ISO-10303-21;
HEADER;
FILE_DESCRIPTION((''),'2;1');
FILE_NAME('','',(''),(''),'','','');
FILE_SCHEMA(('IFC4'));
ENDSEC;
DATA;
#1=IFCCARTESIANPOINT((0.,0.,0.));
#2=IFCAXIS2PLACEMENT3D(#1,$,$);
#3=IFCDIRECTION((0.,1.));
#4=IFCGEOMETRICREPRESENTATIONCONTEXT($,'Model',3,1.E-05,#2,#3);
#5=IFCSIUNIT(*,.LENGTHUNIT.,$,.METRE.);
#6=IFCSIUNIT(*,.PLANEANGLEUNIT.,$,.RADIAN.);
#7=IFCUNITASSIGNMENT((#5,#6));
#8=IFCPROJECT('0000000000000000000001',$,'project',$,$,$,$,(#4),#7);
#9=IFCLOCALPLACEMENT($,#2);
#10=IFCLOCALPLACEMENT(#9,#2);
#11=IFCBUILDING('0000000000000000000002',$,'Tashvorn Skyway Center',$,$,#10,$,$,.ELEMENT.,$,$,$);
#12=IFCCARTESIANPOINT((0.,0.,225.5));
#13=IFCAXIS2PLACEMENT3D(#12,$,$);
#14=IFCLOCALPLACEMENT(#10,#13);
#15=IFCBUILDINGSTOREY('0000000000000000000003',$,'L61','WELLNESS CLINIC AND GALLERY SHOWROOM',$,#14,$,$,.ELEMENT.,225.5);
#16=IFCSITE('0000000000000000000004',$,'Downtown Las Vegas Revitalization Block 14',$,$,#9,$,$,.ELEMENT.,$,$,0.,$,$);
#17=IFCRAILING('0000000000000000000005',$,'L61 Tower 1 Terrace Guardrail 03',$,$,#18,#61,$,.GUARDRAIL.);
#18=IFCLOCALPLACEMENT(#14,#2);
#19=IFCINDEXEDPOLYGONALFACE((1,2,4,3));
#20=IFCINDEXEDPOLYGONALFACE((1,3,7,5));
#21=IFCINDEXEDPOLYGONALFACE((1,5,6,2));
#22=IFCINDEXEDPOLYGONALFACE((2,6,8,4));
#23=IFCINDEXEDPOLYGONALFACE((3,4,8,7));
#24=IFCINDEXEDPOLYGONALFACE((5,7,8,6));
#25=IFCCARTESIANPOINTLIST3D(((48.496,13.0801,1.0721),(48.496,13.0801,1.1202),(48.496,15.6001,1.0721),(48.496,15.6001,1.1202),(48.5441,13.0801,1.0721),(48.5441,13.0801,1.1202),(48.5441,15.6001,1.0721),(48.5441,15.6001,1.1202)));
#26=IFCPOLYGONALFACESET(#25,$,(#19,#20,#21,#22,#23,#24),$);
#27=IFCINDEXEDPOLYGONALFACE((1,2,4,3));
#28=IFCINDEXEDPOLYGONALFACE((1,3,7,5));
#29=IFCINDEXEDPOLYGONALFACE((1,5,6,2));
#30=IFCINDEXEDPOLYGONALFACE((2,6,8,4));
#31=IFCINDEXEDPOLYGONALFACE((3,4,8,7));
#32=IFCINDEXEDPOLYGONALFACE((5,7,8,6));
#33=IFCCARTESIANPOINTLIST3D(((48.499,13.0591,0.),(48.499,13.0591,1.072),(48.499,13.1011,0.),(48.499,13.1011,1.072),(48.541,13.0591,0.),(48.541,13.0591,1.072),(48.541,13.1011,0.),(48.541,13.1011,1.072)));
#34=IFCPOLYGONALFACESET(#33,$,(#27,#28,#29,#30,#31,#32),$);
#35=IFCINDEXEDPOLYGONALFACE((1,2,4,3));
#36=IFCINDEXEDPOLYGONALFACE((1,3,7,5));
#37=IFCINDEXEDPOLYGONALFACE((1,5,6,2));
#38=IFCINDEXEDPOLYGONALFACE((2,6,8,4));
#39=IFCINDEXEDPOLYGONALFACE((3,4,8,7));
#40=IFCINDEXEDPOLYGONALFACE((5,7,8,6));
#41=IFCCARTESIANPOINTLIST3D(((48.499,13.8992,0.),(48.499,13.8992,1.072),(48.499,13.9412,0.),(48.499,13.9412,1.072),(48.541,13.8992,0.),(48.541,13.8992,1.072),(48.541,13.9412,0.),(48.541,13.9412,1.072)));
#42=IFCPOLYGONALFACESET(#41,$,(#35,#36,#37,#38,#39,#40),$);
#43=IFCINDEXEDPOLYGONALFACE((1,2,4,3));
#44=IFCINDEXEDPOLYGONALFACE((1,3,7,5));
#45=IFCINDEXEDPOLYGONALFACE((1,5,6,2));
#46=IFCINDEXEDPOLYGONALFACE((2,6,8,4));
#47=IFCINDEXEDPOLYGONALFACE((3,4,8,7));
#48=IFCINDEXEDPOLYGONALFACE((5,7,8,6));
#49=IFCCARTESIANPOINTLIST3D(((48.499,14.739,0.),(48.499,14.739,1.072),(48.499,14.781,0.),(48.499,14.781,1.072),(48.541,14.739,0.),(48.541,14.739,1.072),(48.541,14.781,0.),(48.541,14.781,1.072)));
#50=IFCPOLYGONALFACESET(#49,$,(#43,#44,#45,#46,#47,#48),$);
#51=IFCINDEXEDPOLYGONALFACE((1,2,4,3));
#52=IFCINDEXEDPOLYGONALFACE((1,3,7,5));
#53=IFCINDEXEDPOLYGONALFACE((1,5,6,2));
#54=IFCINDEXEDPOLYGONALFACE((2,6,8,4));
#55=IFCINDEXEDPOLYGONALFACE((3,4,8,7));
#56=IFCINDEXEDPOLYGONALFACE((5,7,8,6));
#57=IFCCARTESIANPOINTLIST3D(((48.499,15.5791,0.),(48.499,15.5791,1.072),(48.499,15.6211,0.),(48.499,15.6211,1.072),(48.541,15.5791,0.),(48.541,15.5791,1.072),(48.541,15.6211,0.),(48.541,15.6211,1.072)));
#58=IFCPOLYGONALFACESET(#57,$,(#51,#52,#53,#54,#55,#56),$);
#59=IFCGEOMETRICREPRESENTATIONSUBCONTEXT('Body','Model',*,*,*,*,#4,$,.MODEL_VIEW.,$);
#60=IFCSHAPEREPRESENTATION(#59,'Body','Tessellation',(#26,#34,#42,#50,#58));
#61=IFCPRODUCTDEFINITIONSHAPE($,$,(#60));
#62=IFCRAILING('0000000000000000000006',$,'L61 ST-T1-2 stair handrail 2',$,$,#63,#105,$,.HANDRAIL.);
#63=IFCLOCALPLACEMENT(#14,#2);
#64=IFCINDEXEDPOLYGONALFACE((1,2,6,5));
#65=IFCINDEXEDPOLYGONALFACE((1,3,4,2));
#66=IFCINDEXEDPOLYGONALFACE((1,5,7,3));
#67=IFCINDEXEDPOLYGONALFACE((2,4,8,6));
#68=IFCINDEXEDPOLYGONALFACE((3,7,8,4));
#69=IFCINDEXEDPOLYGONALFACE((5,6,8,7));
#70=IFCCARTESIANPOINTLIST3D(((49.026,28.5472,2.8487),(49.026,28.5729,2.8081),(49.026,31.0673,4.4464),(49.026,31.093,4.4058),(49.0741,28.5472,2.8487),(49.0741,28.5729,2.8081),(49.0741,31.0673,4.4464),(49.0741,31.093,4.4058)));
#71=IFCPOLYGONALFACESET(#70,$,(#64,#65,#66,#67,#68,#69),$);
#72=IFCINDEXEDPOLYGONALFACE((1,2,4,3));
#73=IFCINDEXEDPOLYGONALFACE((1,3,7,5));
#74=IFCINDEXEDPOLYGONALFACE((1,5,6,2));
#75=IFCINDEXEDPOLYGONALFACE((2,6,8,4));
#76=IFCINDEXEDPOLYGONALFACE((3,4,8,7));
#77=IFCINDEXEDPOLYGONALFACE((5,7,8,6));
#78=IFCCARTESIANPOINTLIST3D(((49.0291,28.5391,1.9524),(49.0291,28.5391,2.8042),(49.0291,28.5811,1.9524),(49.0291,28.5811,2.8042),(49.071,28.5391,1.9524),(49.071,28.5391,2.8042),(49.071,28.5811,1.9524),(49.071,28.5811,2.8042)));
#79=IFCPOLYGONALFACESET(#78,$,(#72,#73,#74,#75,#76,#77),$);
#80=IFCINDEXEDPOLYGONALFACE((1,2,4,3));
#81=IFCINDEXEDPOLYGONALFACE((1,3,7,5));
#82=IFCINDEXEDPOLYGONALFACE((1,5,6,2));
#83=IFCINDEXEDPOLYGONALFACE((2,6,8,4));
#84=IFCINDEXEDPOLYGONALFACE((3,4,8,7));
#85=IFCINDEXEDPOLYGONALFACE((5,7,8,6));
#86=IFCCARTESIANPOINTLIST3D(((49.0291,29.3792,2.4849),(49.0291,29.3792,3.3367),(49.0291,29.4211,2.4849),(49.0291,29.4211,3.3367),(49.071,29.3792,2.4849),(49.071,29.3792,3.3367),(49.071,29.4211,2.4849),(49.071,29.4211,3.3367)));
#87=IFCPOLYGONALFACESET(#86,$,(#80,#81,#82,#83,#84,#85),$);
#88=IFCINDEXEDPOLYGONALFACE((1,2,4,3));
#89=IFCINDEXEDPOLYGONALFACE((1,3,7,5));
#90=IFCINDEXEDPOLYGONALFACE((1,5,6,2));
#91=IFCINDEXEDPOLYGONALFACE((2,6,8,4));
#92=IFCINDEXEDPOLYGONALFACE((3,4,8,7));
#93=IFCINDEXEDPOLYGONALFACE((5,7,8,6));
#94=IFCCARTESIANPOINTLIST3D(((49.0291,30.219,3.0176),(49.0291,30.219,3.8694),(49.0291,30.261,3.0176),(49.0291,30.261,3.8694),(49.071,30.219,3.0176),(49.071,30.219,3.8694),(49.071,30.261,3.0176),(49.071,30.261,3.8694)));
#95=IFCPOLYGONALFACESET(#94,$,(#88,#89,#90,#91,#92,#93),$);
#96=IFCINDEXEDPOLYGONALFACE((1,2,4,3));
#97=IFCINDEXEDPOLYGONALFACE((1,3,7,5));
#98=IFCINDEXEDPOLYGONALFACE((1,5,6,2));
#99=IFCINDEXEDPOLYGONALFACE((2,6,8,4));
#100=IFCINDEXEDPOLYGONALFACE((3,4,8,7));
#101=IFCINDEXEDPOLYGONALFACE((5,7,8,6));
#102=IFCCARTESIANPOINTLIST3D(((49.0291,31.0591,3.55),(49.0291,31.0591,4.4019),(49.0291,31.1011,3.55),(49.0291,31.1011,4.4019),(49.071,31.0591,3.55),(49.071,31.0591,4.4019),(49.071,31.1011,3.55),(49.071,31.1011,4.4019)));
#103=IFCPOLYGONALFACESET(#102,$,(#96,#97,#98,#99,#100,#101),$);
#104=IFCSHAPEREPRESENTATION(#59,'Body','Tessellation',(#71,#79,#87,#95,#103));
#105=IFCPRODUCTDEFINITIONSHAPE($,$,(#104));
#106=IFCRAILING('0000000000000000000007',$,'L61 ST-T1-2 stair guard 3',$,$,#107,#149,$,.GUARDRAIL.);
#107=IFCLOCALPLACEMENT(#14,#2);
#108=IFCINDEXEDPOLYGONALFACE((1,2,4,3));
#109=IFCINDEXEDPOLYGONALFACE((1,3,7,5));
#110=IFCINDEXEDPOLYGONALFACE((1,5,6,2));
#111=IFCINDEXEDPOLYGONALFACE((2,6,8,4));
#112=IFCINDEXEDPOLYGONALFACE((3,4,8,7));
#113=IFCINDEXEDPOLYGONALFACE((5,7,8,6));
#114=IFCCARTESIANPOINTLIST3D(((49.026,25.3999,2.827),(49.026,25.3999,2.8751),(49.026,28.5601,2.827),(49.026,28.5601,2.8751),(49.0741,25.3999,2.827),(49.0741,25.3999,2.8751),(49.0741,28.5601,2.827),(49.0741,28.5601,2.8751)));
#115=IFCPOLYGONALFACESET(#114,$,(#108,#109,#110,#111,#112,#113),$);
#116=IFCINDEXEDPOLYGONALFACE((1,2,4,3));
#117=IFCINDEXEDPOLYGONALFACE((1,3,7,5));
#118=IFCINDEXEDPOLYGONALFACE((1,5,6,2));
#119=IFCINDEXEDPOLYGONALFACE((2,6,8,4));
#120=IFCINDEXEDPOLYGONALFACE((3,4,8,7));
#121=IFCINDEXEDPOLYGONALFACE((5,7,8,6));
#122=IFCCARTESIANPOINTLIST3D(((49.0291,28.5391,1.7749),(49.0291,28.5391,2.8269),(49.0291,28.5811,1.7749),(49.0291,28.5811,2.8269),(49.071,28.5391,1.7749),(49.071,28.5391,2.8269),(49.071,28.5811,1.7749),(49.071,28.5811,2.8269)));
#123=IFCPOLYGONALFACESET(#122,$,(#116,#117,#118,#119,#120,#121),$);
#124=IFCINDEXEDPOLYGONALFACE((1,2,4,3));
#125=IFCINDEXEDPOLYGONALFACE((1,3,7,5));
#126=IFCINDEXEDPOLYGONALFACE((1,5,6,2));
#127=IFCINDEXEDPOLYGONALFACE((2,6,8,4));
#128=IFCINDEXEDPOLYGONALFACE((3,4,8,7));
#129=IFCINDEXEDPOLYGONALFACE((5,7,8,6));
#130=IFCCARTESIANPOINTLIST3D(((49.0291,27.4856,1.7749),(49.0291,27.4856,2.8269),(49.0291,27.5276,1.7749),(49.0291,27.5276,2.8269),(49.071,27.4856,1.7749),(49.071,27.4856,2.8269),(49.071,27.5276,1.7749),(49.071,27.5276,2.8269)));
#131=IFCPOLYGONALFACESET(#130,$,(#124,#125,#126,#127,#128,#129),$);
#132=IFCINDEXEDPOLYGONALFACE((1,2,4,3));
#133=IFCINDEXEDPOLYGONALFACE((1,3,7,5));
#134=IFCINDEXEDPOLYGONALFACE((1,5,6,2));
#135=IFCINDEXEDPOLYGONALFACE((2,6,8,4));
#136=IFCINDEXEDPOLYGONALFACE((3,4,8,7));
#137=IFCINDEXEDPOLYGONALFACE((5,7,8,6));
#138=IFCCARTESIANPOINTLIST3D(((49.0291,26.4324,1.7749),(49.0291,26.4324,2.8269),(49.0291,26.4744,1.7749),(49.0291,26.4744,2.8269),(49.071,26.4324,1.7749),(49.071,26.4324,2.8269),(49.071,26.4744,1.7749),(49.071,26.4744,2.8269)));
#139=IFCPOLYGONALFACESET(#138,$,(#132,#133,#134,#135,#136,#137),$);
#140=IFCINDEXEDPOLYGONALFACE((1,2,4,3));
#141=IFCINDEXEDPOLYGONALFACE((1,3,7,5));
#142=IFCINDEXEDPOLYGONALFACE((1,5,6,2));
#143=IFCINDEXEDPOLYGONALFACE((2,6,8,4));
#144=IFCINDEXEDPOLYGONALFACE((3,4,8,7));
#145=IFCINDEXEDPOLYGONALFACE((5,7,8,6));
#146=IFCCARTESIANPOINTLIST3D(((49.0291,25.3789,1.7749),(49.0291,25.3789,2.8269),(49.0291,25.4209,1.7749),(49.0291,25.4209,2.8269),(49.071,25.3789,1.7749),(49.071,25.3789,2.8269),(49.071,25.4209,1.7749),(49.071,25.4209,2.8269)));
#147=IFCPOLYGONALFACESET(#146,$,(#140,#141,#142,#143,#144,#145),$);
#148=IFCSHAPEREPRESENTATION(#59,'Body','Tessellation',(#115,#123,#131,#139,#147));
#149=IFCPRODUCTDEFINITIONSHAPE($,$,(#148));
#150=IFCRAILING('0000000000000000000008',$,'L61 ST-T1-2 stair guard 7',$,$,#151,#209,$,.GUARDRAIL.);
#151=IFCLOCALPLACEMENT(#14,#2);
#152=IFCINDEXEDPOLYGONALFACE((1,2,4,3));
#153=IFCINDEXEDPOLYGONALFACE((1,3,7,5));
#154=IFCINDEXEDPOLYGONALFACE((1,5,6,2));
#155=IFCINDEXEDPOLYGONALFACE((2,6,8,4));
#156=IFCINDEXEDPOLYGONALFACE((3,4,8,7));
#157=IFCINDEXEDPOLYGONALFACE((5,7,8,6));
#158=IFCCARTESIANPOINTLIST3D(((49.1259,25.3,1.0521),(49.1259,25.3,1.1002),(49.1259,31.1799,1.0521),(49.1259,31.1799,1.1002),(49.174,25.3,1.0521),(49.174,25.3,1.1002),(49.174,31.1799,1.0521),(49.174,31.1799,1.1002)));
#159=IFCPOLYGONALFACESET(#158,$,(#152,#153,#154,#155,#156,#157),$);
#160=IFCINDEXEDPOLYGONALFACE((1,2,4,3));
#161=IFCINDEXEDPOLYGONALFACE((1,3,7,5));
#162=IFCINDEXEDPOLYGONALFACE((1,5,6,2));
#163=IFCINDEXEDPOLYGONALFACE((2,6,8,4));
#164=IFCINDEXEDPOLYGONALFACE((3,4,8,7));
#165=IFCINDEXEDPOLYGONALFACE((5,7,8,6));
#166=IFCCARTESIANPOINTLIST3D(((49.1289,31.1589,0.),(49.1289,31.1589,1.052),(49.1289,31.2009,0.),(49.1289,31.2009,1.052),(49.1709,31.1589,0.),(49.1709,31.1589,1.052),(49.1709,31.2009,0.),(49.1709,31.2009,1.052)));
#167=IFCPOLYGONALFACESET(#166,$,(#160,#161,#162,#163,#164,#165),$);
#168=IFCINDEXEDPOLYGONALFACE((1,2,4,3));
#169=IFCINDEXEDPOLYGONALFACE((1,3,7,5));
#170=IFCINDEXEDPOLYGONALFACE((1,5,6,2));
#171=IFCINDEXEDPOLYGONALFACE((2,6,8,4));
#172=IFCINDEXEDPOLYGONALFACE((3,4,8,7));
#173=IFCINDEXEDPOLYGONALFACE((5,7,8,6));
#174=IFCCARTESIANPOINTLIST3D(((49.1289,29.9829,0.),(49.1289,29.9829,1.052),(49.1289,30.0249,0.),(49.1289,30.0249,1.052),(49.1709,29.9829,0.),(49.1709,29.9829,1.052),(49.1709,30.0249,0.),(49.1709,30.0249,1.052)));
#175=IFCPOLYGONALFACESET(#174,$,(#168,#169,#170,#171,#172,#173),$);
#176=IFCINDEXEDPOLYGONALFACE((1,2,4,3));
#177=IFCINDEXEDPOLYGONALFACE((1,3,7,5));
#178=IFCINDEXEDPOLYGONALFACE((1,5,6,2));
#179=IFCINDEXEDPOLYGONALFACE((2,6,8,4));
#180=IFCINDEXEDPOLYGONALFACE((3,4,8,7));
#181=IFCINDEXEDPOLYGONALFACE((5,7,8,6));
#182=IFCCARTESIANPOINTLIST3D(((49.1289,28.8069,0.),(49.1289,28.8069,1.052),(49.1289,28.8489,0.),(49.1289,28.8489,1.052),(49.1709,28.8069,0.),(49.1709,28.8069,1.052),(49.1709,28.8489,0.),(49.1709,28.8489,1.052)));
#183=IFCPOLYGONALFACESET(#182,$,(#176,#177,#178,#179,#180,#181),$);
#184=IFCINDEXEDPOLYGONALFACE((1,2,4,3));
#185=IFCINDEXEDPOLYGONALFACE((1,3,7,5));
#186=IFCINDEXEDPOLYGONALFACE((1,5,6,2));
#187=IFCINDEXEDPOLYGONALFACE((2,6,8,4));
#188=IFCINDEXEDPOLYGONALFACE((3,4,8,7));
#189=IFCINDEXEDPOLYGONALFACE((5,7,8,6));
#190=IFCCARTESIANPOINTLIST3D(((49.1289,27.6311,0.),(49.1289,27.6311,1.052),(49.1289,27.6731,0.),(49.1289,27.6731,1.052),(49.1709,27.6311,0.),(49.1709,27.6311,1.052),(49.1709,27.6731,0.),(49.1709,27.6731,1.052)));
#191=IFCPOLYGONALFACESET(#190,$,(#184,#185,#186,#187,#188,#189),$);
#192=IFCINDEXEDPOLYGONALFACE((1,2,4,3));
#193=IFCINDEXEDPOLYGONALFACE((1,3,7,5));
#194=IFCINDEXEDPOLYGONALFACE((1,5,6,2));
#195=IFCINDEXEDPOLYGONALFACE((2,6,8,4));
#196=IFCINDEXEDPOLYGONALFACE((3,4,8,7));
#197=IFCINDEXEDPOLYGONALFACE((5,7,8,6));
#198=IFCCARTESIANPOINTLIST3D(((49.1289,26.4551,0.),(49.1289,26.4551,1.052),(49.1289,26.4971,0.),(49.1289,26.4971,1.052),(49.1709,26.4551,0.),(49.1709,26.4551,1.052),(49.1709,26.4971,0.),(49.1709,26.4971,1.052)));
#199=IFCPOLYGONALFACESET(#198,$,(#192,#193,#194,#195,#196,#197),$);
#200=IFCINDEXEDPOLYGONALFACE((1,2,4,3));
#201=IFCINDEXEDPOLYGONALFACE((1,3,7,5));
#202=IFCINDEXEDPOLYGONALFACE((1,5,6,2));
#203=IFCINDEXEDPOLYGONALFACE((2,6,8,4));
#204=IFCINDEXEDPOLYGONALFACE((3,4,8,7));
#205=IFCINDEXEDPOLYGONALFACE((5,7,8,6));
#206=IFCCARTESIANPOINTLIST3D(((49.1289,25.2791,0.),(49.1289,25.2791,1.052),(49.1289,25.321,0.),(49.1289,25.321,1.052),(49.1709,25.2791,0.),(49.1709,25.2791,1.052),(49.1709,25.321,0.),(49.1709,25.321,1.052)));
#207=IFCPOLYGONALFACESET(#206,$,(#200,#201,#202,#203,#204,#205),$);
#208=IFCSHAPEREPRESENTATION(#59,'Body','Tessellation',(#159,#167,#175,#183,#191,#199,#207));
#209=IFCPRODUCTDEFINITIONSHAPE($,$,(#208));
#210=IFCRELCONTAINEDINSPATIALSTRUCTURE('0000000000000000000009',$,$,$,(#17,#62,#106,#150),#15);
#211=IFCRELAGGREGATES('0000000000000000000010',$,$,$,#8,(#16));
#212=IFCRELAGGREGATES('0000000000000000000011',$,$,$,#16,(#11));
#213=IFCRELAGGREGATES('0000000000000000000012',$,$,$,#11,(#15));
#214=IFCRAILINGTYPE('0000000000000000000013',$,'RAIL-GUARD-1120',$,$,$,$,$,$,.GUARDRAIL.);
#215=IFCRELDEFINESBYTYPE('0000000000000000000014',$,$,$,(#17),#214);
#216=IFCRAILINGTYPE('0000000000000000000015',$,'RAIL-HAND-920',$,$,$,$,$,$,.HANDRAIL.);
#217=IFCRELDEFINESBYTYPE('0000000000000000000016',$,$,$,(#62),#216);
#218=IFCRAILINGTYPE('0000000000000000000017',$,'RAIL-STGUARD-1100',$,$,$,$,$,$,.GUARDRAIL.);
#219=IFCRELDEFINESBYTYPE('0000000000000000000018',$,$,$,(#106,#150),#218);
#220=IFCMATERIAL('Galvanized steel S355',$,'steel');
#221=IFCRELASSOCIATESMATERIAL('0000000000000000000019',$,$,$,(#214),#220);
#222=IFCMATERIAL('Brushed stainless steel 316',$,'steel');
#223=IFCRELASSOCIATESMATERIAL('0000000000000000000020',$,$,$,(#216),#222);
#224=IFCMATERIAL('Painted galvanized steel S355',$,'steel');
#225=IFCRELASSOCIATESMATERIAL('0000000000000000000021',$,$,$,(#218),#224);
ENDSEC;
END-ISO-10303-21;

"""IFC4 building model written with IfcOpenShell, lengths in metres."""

from ifc_helpers import new_model, si_unit, direction, frame, origin, origin_2d, place, context, subcontext, project, spatial, rectangle, extrude, material, type_object, element, save


model = new_model("IFC4")

# Units and contexts
model_context = context("Model", 3, precision=1e-05, world=origin(), true_north=direction((0.0, 1.0)))
body_context = subcontext(model_context, "Body", "Model", "MODEL_VIEW")
ifc_project = project(units=[si_unit("LENGTHUNIT", "METRE"), si_unit("PLANEANGLEUNIT", "RADIAN")], contexts=[model_context])

# Site, building, storey
site_placement = place(None, origin())
site = spatial("IfcSite", under=ifc_project, at=site_placement, Name="Downtown Las Vegas Revitalization Block 14", CompositionType="ELEMENT", RefElevation=0.0)
building_placement = place(site_placement, origin())
building = spatial("IfcBuilding", under=site, at=building_placement, Name="Tashvorn Skyway Center", CompositionType="ELEMENT")
storey_placement = place(building_placement, frame((0.0, 0.0, 225.5)))
storey = spatial("IfcBuildingStorey", under=building, at=storey_placement, Name="L61", Description="WELLNESS CLINIC AND GALLERY SHOWROOM", CompositionType="ELEMENT", Elevation=225.5)

# Railings
ifc_material_1 = material(Name="Galvanized steel S355", Category="steel")
railing_type_1 = type_object("IfcRailingType", Name="RAIL-GUARD-1120", PredefinedType="GUARDRAIL", material=ifc_material_1)
railing_1_placement = place(storey_placement, frame((48.52, 13.0801, 0.0)))
element("IfcRailing", 1, at=railing_1_placement, inside=storey, type_object=railing_type_1, Name="L61 Tower 1 Terrace Guardrail 03", PredefinedType="GUARDRAIL", context=body_context, shape_type="SweptSolid", body=[
    extrude(rectangle(XDim=0.0481, YDim=0.0481, at=origin_2d()), frame((0.0, 0.0, 1.0962), z_axis=(0.0, 1.0, 0.0), x_axis=(-1.0, 0.0, 0.0)), (0.0, 0.0, 1.0), 2.52),
    extrude(rectangle(XDim=0.042, YDim=0.042, at=origin_2d()), origin(), (0.0, 0.0, 1.0), 1.072),
    extrude(rectangle(XDim=0.042, YDim=0.042, at=origin_2d()), frame((0.0, 0.8401, 0.0)), (0.0, 0.0, 1.0), 1.072),
    extrude(rectangle(XDim=0.042, YDim=0.042, at=origin_2d()), frame((0.0, 1.6799, 0.0)), (0.0, 0.0, 1.0), 1.072),
    extrude(rectangle(XDim=0.042, YDim=0.042, at=origin_2d()), frame((0.0, 2.52, 0.0)), (0.0, 0.0, 1.0), 1.072),
])
ifc_material_2 = material(Name="Brushed stainless steel 316", Category="steel")
railing_type_2 = type_object("IfcRailingType", Name="RAIL-HAND-920", PredefinedType="HANDRAIL", material=ifc_material_2)
railing_2_placement = place(storey_placement, frame((49.05, 28.5601, 1.9524)))
element("IfcRailing", 2, at=railing_2_placement, inside=storey, type_object=railing_type_2, Name="L61 ST-T1-2 stair handrail 2", PredefinedType="HANDRAIL", context=body_context, shape_type="SweptSolid", body=[
    extrude(rectangle(XDim=0.0481, YDim=0.0481, at=origin_2d()), frame((0.0, 0.0, 0.876), z_axis=(0.0, 0.84457, 0.535445), x_axis=(-1.0, 0.0, 0.0)), (0.0, 0.0, 1.0), 2.9839),
    extrude(rectangle(XDim=0.042, YDim=0.042, at=origin_2d()), origin(), (0.0, 0.0, 1.0), 0.8518),
    extrude(rectangle(XDim=0.042, YDim=0.042, at=origin_2d()), frame((0.0, 0.8401, 0.5325)), (0.0, 0.0, 1.0), 0.8518),
    extrude(rectangle(XDim=0.042, YDim=0.042, at=origin_2d()), frame((0.0, 1.6799, 1.0652)), (0.0, 0.0, 1.0), 0.8518),
    extrude(rectangle(XDim=0.042, YDim=0.042, at=origin_2d()), frame((0.0, 2.52, 1.5977)), (0.0, 0.0, 1.0), 0.8518),
])
ifc_material_3 = material(Name="Painted galvanized steel S355", Category="steel")
railing_type_3 = type_object("IfcRailingType", Name="RAIL-STGUARD-1100", PredefinedType="GUARDRAIL", material=ifc_material_3)
railing_3_placement = place(storey_placement, frame((49.05, 28.5601, 1.7749)))
element("IfcRailing", 3, at=railing_3_placement, inside=storey, type_object=railing_type_3, Name="L61 ST-T1-2 stair guard 3", PredefinedType="GUARDRAIL", context=body_context, shape_type="SweptSolid", body=[
    extrude(rectangle(XDim=0.0481, YDim=0.0481, at=origin_2d()), frame((0.0, 0.0, 1.0762), z_axis=(0.0, -1.0, 0.0), x_axis=(1.0, 0.0, 0.0)), (0.0, 0.0, 1.0), 3.1602),
    extrude(rectangle(XDim=0.042, YDim=0.042, at=origin_2d()), origin(), (0.0, 0.0, 1.0), 1.052),
    extrude(rectangle(XDim=0.042, YDim=0.042, at=origin_2d()), frame((0.0, -1.0535, 0.0)), (0.0, 0.0, 1.0), 1.052),
    extrude(rectangle(XDim=0.042, YDim=0.042, at=origin_2d()), frame((0.0, -2.1067, 0.0)), (0.0, 0.0, 1.0), 1.052),
    extrude(rectangle(XDim=0.042, YDim=0.042, at=origin_2d()), frame((0.0, -3.1602, 0.0)), (0.0, 0.0, 1.0), 1.052),
])
railing_4_placement = place(storey_placement, frame((49.1499, 31.1799, 0.0)))
element("IfcRailing", 4, at=railing_4_placement, inside=storey, type_object=railing_type_3, Name="L61 ST-T1-2 stair guard 7", PredefinedType="GUARDRAIL", context=body_context, shape_type="SweptSolid", body=[
    extrude(rectangle(XDim=0.0481, YDim=0.0481, at=origin_2d()), frame((0.0, 0.0, 1.0762), z_axis=(0.0, -1.0, 0.0), x_axis=(1.0, 0.0, 0.0)), (0.0, 0.0, 1.0), 5.8799),
    extrude(rectangle(XDim=0.042, YDim=0.042, at=origin_2d()), origin(), (0.0, 0.0, 1.0), 1.052),
    extrude(rectangle(XDim=0.042, YDim=0.042, at=origin_2d()), frame((0.0, -1.176, 0.0)), (0.0, 0.0, 1.0), 1.052),
    extrude(rectangle(XDim=0.042, YDim=0.042, at=origin_2d()), frame((0.0, -2.3521, 0.0)), (0.0, 0.0, 1.0), 1.052),
    extrude(rectangle(XDim=0.042, YDim=0.042, at=origin_2d()), frame((0.0, -3.5278, 0.0)), (0.0, 0.0, 1.0), 1.052),
    extrude(rectangle(XDim=0.042, YDim=0.042, at=origin_2d()), frame((0.0, -4.7039, 0.0)), (0.0, 0.0, 1.0), 1.052),
    extrude(rectangle(XDim=0.042, YDim=0.042, at=origin_2d()), frame((0.0, -5.8799, 0.0)), (0.0, 0.0, 1.0), 1.052),
])

save(model, "model.ifc")
